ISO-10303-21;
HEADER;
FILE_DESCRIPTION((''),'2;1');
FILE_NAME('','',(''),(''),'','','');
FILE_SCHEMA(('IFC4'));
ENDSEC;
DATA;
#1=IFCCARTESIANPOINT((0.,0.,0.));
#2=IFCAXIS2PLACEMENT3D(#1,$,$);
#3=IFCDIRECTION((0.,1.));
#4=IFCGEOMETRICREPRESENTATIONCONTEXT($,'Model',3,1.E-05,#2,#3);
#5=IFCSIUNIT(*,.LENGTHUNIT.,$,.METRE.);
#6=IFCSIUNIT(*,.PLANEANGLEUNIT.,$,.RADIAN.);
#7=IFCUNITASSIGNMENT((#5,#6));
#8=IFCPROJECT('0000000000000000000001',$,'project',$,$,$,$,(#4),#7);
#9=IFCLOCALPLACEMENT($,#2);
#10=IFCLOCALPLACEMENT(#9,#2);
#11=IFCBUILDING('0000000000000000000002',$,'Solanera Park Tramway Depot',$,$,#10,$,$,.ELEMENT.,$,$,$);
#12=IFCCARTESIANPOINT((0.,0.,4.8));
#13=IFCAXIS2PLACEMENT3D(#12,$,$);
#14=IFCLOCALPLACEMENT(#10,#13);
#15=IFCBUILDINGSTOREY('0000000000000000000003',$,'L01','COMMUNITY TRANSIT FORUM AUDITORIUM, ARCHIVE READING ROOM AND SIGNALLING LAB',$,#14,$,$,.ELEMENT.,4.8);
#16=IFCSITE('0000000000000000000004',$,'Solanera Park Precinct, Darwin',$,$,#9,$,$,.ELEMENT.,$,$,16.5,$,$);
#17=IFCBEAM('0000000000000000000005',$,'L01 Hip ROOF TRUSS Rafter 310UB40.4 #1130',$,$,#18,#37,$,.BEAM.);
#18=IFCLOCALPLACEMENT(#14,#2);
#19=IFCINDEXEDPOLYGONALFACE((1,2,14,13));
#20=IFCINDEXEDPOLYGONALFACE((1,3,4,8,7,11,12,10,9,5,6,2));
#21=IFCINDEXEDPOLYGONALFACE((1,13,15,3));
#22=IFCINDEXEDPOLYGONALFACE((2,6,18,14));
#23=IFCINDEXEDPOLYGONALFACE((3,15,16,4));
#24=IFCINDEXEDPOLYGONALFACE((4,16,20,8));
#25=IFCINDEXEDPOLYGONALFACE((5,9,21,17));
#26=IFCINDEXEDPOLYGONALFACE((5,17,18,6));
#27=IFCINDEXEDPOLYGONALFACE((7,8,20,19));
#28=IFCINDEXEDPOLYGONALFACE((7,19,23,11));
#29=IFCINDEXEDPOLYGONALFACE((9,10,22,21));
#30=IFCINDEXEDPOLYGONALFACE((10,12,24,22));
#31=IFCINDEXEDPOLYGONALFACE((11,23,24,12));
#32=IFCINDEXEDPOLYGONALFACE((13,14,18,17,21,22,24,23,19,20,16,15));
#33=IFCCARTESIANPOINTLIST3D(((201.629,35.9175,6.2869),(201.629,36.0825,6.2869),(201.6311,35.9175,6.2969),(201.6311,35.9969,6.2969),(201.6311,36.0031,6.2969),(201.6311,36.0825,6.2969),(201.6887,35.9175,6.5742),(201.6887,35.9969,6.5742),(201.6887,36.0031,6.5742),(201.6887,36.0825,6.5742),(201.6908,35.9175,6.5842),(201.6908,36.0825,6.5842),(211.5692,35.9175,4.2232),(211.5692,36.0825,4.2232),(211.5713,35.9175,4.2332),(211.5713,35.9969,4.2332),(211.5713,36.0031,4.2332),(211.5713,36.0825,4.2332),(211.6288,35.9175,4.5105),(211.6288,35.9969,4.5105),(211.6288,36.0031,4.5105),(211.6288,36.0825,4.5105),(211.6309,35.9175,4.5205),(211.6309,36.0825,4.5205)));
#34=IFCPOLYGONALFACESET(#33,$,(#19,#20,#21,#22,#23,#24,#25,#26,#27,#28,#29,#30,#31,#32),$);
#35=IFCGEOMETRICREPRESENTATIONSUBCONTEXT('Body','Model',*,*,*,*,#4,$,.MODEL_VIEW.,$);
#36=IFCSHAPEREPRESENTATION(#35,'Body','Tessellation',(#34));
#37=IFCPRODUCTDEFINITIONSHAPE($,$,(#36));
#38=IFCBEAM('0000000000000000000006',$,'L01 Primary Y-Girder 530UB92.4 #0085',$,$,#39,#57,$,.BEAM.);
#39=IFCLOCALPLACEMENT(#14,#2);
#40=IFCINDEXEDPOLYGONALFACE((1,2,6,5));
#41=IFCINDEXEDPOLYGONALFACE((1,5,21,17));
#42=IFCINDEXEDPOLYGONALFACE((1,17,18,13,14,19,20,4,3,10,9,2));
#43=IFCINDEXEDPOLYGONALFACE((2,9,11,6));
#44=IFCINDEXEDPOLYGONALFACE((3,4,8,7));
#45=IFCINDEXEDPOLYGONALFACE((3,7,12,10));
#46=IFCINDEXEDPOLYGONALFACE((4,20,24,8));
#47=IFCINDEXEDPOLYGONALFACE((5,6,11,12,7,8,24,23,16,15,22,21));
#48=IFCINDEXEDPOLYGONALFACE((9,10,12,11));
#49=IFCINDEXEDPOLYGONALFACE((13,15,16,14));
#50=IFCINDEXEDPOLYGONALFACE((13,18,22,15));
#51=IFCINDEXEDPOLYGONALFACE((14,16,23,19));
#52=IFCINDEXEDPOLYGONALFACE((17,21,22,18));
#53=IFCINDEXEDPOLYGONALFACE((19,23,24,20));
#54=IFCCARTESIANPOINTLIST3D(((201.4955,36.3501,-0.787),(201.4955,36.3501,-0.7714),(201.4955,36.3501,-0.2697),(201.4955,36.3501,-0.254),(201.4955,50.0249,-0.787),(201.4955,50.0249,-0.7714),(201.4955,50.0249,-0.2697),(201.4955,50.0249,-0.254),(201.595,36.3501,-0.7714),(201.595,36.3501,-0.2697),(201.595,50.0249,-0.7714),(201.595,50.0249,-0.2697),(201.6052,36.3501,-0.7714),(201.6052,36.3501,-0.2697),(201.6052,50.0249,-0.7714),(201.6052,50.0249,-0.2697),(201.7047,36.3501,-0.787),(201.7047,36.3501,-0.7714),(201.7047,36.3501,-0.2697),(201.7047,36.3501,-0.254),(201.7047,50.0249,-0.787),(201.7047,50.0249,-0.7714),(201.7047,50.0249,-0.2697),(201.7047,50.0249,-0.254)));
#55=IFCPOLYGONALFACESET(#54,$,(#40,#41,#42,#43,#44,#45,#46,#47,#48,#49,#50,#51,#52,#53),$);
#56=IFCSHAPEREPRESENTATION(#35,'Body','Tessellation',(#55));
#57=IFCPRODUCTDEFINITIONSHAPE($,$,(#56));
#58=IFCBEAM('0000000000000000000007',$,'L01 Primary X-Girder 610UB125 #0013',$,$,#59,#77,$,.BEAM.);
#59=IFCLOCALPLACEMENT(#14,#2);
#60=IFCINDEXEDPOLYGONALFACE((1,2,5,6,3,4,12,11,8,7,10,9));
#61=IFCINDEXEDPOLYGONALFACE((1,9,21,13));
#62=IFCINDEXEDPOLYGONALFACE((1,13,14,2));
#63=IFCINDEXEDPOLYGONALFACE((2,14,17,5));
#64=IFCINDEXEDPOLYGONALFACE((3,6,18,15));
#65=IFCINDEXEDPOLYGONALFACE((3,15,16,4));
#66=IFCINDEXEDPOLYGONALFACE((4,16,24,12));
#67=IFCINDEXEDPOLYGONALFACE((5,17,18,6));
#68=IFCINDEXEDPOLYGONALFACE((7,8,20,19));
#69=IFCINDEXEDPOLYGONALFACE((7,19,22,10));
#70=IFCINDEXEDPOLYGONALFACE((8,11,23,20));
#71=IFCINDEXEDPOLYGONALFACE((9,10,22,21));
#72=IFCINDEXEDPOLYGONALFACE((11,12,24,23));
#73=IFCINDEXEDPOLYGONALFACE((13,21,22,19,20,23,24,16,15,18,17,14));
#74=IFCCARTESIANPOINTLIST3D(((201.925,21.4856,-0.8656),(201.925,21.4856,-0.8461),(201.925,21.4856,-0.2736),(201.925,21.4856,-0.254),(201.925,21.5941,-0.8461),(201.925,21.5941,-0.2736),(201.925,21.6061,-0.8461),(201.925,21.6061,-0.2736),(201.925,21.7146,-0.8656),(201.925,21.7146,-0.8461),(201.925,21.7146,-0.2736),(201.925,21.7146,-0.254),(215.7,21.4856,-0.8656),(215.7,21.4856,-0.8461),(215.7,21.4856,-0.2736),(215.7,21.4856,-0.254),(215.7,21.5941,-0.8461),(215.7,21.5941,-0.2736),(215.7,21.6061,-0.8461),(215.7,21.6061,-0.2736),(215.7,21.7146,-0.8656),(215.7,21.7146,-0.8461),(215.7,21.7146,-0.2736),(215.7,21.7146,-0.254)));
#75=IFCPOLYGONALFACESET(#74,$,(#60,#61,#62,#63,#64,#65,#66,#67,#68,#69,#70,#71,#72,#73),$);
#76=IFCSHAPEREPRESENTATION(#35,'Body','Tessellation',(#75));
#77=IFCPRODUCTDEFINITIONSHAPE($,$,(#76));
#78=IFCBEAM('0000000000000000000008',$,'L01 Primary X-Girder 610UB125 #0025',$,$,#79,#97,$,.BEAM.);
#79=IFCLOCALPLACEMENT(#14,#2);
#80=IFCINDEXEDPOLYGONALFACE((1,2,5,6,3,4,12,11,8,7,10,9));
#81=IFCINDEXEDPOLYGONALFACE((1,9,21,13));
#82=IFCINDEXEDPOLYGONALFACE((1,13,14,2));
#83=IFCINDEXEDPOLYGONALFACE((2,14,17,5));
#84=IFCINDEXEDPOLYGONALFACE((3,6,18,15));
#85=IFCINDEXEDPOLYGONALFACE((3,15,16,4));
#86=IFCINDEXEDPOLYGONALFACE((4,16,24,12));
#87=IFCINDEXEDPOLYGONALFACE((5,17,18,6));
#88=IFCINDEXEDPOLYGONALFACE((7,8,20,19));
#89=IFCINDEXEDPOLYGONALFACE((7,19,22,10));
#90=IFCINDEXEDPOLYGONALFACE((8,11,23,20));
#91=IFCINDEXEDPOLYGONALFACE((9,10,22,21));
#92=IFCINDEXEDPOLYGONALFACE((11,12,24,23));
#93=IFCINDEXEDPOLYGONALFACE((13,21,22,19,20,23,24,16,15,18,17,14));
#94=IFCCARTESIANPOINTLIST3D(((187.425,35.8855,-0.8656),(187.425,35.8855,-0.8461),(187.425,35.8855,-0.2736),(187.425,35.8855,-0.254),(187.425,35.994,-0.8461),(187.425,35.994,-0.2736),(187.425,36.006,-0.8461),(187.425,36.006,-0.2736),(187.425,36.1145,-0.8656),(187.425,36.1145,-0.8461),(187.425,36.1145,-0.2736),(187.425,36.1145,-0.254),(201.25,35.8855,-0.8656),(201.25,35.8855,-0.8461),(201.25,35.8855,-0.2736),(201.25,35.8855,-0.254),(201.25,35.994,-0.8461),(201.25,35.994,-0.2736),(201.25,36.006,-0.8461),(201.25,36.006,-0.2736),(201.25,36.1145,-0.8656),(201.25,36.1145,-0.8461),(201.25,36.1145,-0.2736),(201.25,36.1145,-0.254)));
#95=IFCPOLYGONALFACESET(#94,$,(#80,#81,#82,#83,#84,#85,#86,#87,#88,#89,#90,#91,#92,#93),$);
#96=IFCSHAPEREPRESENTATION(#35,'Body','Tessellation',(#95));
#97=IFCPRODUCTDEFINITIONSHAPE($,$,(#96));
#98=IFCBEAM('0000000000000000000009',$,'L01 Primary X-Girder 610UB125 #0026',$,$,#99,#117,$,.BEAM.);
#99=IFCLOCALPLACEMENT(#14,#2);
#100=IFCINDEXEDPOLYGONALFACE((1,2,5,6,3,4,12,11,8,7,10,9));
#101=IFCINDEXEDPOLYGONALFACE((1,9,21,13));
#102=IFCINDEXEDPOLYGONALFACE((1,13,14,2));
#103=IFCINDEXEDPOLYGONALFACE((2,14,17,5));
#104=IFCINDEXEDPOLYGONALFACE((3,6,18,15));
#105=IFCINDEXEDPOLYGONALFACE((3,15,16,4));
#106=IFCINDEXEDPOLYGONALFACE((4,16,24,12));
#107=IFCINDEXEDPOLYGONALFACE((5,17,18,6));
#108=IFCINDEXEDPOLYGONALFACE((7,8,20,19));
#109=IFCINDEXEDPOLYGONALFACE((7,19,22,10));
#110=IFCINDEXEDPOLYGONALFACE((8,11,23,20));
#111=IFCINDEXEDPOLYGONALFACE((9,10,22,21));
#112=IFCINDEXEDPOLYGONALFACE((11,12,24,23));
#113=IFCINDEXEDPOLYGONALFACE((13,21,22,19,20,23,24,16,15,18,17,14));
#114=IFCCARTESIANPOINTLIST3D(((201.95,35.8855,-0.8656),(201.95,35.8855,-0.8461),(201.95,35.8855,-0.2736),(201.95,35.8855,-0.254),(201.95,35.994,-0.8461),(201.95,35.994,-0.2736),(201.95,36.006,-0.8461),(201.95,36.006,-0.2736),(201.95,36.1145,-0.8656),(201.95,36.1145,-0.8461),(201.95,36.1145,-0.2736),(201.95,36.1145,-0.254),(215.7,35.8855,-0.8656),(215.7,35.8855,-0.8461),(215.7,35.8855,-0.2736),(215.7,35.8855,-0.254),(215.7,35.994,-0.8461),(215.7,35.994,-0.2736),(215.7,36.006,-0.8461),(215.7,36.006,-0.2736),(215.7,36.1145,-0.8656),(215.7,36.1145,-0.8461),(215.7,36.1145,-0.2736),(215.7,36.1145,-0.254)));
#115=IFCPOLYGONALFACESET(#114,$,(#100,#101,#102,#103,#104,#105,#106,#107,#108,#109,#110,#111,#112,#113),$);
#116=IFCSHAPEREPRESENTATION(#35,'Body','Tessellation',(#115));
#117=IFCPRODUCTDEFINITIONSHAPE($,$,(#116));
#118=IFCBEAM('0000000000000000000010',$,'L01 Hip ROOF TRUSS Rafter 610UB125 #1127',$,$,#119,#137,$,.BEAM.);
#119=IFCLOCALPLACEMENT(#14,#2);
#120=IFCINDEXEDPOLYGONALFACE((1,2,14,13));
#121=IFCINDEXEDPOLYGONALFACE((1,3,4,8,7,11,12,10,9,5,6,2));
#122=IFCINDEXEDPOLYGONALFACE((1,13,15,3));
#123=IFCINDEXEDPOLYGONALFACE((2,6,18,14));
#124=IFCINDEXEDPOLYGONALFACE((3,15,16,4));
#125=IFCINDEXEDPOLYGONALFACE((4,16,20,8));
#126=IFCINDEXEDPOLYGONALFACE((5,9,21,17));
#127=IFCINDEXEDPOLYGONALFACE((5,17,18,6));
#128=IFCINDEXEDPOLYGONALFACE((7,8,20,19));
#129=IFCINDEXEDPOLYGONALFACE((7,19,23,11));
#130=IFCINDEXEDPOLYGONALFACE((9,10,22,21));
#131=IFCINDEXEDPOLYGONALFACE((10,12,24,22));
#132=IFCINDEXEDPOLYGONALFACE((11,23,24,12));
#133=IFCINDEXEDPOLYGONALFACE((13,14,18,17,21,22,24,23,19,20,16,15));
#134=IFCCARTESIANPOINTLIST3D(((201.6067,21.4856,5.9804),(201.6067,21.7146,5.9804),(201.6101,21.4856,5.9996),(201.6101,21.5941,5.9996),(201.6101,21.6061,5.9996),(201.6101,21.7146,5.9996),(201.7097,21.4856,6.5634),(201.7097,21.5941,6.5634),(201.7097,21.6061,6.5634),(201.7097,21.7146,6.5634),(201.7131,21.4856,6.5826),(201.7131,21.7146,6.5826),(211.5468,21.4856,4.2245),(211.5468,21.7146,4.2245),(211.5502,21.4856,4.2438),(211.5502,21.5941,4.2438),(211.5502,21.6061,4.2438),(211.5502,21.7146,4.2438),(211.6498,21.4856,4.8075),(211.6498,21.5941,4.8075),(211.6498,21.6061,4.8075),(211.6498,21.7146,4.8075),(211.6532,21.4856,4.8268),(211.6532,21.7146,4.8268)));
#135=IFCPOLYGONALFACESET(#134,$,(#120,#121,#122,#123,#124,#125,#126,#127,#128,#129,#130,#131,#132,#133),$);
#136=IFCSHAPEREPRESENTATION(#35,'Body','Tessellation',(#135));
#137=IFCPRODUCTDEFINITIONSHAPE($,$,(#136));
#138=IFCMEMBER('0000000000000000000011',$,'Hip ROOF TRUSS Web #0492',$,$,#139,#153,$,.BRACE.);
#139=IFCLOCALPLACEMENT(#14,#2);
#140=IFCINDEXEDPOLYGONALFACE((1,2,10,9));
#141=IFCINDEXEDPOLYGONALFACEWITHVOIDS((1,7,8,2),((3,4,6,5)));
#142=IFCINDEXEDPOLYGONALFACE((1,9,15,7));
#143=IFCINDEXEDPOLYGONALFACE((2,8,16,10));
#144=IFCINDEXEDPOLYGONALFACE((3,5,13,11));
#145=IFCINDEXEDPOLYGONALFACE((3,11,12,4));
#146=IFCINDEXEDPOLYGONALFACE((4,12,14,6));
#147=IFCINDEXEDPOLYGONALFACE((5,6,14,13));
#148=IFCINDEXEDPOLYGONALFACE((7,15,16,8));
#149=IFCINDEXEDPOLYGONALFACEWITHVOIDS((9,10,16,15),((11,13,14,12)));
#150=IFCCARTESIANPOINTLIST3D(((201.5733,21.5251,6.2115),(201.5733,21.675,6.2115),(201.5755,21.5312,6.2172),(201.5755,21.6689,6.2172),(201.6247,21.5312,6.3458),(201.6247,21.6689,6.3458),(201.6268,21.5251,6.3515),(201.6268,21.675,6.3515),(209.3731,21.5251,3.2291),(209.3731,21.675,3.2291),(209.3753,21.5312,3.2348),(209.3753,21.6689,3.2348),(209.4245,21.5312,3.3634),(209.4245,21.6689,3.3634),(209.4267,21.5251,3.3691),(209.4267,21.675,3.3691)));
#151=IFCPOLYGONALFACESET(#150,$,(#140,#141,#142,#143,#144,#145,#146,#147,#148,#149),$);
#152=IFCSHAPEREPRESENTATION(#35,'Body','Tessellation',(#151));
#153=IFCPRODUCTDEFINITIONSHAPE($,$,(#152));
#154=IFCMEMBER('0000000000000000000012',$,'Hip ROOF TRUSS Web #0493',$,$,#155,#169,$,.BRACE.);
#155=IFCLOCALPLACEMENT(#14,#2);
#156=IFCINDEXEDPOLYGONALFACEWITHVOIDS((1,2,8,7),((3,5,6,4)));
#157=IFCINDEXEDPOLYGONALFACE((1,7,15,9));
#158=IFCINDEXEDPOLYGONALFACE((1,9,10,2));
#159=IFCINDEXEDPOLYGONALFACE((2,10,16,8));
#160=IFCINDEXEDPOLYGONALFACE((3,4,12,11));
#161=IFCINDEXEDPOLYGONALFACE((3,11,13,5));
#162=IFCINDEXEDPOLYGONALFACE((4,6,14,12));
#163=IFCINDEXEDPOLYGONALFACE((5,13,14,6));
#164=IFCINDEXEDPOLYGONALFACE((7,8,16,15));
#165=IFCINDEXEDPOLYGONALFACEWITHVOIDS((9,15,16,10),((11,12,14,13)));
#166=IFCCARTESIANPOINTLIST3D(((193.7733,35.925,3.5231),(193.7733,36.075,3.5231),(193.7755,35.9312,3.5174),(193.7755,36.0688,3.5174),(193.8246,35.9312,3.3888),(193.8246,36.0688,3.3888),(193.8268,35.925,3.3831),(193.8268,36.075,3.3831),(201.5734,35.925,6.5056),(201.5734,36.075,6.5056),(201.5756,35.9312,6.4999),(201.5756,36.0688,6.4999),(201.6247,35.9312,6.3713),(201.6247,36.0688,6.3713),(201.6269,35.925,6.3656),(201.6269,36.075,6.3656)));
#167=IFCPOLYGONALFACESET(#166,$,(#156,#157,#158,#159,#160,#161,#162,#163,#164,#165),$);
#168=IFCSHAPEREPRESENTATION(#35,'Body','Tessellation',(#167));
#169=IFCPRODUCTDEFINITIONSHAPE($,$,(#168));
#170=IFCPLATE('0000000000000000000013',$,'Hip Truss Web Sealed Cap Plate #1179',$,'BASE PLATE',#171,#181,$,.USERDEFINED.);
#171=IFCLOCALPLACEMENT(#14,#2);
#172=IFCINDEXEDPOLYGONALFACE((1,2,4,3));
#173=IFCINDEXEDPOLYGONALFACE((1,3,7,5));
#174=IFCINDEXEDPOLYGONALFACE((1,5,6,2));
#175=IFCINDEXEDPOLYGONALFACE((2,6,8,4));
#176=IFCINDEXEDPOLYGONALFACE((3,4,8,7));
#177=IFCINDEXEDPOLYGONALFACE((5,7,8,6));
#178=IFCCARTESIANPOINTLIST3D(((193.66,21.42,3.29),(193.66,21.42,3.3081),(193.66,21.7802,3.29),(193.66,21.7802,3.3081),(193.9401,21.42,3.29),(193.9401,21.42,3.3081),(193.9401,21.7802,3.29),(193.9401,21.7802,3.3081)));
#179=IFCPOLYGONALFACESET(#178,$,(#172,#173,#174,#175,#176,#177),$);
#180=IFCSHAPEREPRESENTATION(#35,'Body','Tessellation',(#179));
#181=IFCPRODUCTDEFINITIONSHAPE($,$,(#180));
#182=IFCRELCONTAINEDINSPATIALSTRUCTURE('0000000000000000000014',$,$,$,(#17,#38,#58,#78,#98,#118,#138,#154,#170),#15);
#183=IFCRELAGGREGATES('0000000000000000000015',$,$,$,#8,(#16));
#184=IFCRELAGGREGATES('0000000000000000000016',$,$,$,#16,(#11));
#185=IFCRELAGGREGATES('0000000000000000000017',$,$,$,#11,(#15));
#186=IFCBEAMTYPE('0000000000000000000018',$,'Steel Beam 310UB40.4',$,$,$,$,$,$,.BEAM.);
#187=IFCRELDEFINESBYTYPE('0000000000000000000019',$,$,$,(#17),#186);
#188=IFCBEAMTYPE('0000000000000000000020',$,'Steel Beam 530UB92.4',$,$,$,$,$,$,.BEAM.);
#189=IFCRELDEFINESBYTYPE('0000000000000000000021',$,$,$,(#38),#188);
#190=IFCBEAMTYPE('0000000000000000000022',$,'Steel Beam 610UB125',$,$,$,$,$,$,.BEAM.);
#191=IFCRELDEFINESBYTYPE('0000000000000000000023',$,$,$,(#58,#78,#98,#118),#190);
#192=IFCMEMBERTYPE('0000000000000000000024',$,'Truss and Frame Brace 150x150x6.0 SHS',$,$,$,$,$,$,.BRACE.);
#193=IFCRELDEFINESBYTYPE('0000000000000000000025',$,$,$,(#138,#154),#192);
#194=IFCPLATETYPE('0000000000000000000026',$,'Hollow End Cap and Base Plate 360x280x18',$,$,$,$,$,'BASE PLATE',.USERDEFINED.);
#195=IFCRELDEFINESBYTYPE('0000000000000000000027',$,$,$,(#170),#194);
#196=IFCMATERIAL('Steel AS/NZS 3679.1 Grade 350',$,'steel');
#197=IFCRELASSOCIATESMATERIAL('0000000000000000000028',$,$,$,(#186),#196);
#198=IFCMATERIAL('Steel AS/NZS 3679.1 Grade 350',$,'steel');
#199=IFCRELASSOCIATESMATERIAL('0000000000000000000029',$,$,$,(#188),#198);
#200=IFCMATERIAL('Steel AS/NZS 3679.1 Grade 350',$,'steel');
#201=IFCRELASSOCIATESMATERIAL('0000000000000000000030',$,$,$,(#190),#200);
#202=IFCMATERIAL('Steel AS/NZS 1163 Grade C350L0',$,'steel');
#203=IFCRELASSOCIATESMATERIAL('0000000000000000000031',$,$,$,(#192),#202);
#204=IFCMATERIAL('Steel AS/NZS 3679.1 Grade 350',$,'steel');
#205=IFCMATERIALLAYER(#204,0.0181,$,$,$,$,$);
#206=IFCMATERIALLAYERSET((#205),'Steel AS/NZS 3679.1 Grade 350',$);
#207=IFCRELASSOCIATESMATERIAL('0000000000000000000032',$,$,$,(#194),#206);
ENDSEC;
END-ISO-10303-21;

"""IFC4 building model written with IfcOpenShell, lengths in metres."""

from ifc_helpers import new_model, si_unit, direction, frame, origin, origin_2d, place, context, subcontext, project, spatial, rectangle, hollow_rectangle, i_section, extrude, material, layer, layer_set, material_profile, profile_set, type_object, element, save


model = new_model("IFC4")

# Units and contexts
model_context = context("Model", 3, precision=1e-05, world=origin(), true_north=direction((0.0, 1.0)))
body_context = subcontext(model_context, "Body", "Model", "MODEL_VIEW")
ifc_project = project(units=[si_unit("LENGTHUNIT", "METRE"), si_unit("PLANEANGLEUNIT", "RADIAN")], contexts=[model_context])

# Site, building, storey
site_placement = place(None, origin())
site = spatial("IfcSite", under=ifc_project, at=site_placement, Name="Solanera Park Precinct, Darwin", CompositionType="ELEMENT", RefElevation=16.5)
building_placement = place(site_placement, origin())
building = spatial("IfcBuilding", under=site, at=building_placement, Name="Solanera Park Tramway Depot", CompositionType="ELEMENT")
storey_placement = place(building_placement, frame((0.0, 0.0, 4.8)))
storey = spatial("IfcBuildingStorey", under=building, at=storey_placement, Name="L01", Description="COMMUNITY TRANSIT FORUM AUDITORIUM, ARCHIVE READING ROOM AND SIGNALLING LAB", CompositionType="ELEMENT", Elevation=4.8)

# Beams
ifc_material_1 = material(Name="Steel AS/NZS 3679.1 Grade 350", Category="steel")
ifc_material_profile_1 = material_profile(ifc_material_1, i_section(OverallWidth=0.165, OverallDepth=0.3037, WebThickness=0.0061, FlangeThickness=0.0103, at=origin_2d()), Name="310UB40.4")
ifc_profile_set_1 = profile_set([ifc_material_profile_1], Name="Steel AS/NZS 3679.1 Grade 350")
beam_type_1 = type_object("IfcBeamType", Name="Steel Beam 310UB40.4", PredefinedType="BEAM", material=ifc_profile_set_1)
beam_1_placement = place(storey_placement, frame((201.6599, 36.0, 6.4355), z_axis=(0.979121, 0.0, -0.203279), x_axis=(0.0, 1.0, 0.0)))
element("IfcBeam", 1, at=beam_1_placement, inside=storey, type_object=beam_type_1, Name="L01 Hip ROOF TRUSS Rafter 310UB40.4 #1130", PredefinedType="BEAM", context=body_context, shape_type="SweptSolid", body=[
    extrude(i_section(OverallWidth=0.165, OverallDepth=0.3037, WebThickness=0.0061, FlangeThickness=0.0103, at=origin_2d()), origin(), (0.0, 0.0, 1.0), 10.1521),
])
ifc_material_2 = material(Name="Steel AS/NZS 3679.1 Grade 350", Category="steel")
ifc_material_profile_2 = material_profile(ifc_material_2, i_section(OverallWidth=0.2092, OverallDepth=0.533, WebThickness=0.0103, FlangeThickness=0.0156, at=origin_2d()), Name="530UB92.4")
ifc_profile_set_2 = profile_set([ifc_material_profile_2], Name="Steel AS/NZS 3679.1 Grade 350")
beam_type_2 = type_object("IfcBeamType", Name="Steel Beam 530UB92.4", PredefinedType="BEAM", material=ifc_profile_set_2)
beam_2_placement = place(storey_placement, frame((201.6001, 36.3501, -0.5205), z_axis=(0.0, 1.0, 0.0), x_axis=(-1.0, 0.0, 0.0)))
element("IfcBeam", 2, at=beam_2_placement, inside=storey, type_object=beam_type_2, Name="L01 Primary Y-Girder 530UB92.4 #0085", PredefinedType="BEAM", context=body_context, shape_type="SweptSolid", body=[
    extrude(i_section(OverallWidth=0.2092, OverallDepth=0.533, WebThickness=0.0103, FlangeThickness=0.0156, at=origin_2d()), origin(), (0.0, 0.0, 1.0), 13.6748),
])
ifc_material_3 = material(Name="Steel AS/NZS 3679.1 Grade 350", Category="steel")
ifc_material_profile_3 = material_profile(ifc_material_3, i_section(OverallWidth=0.229, OverallDepth=0.6116, WebThickness=0.012, FlangeThickness=0.0195, at=origin_2d()), Name="610UB125")
ifc_profile_set_3 = profile_set([ifc_material_profile_3], Name="Steel AS/NZS 3679.1 Grade 350")
beam_type_3 = type_object("IfcBeamType", Name="Steel Beam 610UB125", PredefinedType="BEAM", material=ifc_profile_set_3)
beam_3_placement = place(storey_placement, frame((201.925, 21.6001, -0.5598), z_axis=(1.0, 0.0, 0.0), x_axis=(0.0, 1.0, 0.0)))
element("IfcBeam", 3, at=beam_3_placement, inside=storey, type_object=beam_type_3, Name="L01 Primary X-Girder 610UB125 #0013", PredefinedType="BEAM", context=body_context, shape_type="SweptSolid", body=[
    extrude(i_section(OverallWidth=0.229, OverallDepth=0.6116, WebThickness=0.012, FlangeThickness=0.0195, at=origin_2d()), origin(), (0.0, 0.0, 1.0), 13.7749),
])
beam_4_placement = place(storey_placement, frame((187.425, 36.0, -0.5598), z_axis=(1.0, 0.0, 0.0), x_axis=(0.0, 1.0, 0.0)))
element("IfcBeam", 4, at=beam_4_placement, inside=storey, type_object=beam_type_3, Name="L01 Primary X-Girder 610UB125 #0025", PredefinedType="BEAM", context=body_context, shape_type="SweptSolid", body=[
    extrude(i_section(OverallWidth=0.229, OverallDepth=0.6116, WebThickness=0.012, FlangeThickness=0.0195, at=origin_2d()), origin(), (0.0, 0.0, 1.0), 13.825),
])
beam_5_placement = place(storey_placement, frame((201.95, 36.0, -0.5598), z_axis=(1.0, 0.0, 0.0), x_axis=(0.0, 1.0, 0.0)))
element("IfcBeam", 5, at=beam_5_placement, inside=storey, type_object=beam_type_3, Name="L01 Primary X-Girder 610UB125 #0026", PredefinedType="BEAM", context=body_context, shape_type="SweptSolid", body=[
    extrude(i_section(OverallWidth=0.229, OverallDepth=0.6116, WebThickness=0.012, FlangeThickness=0.0195, at=origin_2d()), origin(), (0.0, 0.0, 1.0), 13.75),
])
beam_6_placement = place(storey_placement, frame((201.6599, 21.6001, 6.2815), z_axis=(0.984755, 0.0, -0.17395), x_axis=(0.0, 1.0, 0.0)))
element("IfcBeam", 6, at=beam_6_placement, inside=storey, type_object=beam_type_3, Name="L01 Hip ROOF TRUSS Rafter 610UB125 #1127", PredefinedType="BEAM", context=body_context, shape_type="SweptSolid", body=[
    extrude(i_section(OverallWidth=0.229, OverallDepth=0.6116, WebThickness=0.012, FlangeThickness=0.0195, at=origin_2d()), origin(), (0.0, 0.0, 1.0), 10.094),
])

# Members
ifc_material_4 = material(Name="Steel AS/NZS 1163 Grade C350L0", Category="steel")
ifc_material_profile_4 = material_profile(ifc_material_4, hollow_rectangle(XDim=0.1499, YDim=0.1499, WallThickness=0.0061, at=origin_2d()), Name="150x150x6.0 SHS")
ifc_profile_set_4 = profile_set([ifc_material_profile_4], Name="Steel AS/NZS 1163 Grade C350L0")
member_type_1 = type_object("IfcMemberType", Name="Truss and Frame Brace 150x150x6.0 SHS", PredefinedType="BRACE", material=ifc_profile_set_4)
member_1_placement = place(storey_placement, frame((209.3999, 21.6001, 3.2991), z_axis=(-0.934046, 0.0, 0.357152), x_axis=(0.0, -1.0, 0.0)))
element("IfcMember", 7, at=member_1_placement, inside=storey, type_object=member_type_1, Name="Hip ROOF TRUSS Web #0492", PredefinedType="BRACE", context=body_context, shape_type="SweptSolid", body=[
    extrude(hollow_rectangle(XDim=0.1499, YDim=0.1499, WallThickness=0.0061, at=origin_2d()), origin(), (0.0, 0.0, 1.0), 8.3506),
])
member_2_placement = place(storey_placement, frame((193.8, 36.0, 3.4531), z_axis=(0.93405, 0.0, 0.357143), x_axis=(0.0, 1.0, 0.0)))
element("IfcMember", 8, at=member_2_placement, inside=storey, type_object=member_type_1, Name="Hip ROOF TRUSS Web #0493", PredefinedType="BRACE", context=body_context, shape_type="SweptSolid", body=[
    extrude(hollow_rectangle(XDim=0.1499, YDim=0.1499, WallThickness=0.0061, at=origin_2d()), origin(), (0.0, 0.0, 1.0), 8.3508),
])

# Plate
ifc_material_5 = material(Name="Steel AS/NZS 3679.1 Grade 350", Category="steel")
ifc_layer_1 = layer(ifc_material_5, 0.0181)
ifc_layer_set_1 = layer_set([ifc_layer_1], Name="Steel AS/NZS 3679.1 Grade 350")
plate_type = type_object("IfcPlateType", Name="Hollow End Cap and Base Plate 360x280x18", ElementType="BASE PLATE", PredefinedType="USERDEFINED", material=ifc_layer_set_1)
for number, where, z_axis, x_axis, name in (
    (9, (193.8, 21.6001, 3.29), (0.0, 0.0, 1.0), (1.0, 0.0, 0.0), "Hip Truss Web Sealed Cap Plate #1179"),
):
    element("IfcPlate", number, at=place(storey_placement, frame(where, z_axis=z_axis, x_axis=x_axis)), inside=storey, type_object=plate_type, Name=name, ObjectType="BASE PLATE", PredefinedType="USERDEFINED", context=body_context, shape_type="SweptSolid", body=[
        extrude(rectangle(XDim=0.28, YDim=0.3601, at=origin_2d()), origin(), (0.0, 0.0, 1.0), 0.0181),
    ])

save(model, "model.ifc")
